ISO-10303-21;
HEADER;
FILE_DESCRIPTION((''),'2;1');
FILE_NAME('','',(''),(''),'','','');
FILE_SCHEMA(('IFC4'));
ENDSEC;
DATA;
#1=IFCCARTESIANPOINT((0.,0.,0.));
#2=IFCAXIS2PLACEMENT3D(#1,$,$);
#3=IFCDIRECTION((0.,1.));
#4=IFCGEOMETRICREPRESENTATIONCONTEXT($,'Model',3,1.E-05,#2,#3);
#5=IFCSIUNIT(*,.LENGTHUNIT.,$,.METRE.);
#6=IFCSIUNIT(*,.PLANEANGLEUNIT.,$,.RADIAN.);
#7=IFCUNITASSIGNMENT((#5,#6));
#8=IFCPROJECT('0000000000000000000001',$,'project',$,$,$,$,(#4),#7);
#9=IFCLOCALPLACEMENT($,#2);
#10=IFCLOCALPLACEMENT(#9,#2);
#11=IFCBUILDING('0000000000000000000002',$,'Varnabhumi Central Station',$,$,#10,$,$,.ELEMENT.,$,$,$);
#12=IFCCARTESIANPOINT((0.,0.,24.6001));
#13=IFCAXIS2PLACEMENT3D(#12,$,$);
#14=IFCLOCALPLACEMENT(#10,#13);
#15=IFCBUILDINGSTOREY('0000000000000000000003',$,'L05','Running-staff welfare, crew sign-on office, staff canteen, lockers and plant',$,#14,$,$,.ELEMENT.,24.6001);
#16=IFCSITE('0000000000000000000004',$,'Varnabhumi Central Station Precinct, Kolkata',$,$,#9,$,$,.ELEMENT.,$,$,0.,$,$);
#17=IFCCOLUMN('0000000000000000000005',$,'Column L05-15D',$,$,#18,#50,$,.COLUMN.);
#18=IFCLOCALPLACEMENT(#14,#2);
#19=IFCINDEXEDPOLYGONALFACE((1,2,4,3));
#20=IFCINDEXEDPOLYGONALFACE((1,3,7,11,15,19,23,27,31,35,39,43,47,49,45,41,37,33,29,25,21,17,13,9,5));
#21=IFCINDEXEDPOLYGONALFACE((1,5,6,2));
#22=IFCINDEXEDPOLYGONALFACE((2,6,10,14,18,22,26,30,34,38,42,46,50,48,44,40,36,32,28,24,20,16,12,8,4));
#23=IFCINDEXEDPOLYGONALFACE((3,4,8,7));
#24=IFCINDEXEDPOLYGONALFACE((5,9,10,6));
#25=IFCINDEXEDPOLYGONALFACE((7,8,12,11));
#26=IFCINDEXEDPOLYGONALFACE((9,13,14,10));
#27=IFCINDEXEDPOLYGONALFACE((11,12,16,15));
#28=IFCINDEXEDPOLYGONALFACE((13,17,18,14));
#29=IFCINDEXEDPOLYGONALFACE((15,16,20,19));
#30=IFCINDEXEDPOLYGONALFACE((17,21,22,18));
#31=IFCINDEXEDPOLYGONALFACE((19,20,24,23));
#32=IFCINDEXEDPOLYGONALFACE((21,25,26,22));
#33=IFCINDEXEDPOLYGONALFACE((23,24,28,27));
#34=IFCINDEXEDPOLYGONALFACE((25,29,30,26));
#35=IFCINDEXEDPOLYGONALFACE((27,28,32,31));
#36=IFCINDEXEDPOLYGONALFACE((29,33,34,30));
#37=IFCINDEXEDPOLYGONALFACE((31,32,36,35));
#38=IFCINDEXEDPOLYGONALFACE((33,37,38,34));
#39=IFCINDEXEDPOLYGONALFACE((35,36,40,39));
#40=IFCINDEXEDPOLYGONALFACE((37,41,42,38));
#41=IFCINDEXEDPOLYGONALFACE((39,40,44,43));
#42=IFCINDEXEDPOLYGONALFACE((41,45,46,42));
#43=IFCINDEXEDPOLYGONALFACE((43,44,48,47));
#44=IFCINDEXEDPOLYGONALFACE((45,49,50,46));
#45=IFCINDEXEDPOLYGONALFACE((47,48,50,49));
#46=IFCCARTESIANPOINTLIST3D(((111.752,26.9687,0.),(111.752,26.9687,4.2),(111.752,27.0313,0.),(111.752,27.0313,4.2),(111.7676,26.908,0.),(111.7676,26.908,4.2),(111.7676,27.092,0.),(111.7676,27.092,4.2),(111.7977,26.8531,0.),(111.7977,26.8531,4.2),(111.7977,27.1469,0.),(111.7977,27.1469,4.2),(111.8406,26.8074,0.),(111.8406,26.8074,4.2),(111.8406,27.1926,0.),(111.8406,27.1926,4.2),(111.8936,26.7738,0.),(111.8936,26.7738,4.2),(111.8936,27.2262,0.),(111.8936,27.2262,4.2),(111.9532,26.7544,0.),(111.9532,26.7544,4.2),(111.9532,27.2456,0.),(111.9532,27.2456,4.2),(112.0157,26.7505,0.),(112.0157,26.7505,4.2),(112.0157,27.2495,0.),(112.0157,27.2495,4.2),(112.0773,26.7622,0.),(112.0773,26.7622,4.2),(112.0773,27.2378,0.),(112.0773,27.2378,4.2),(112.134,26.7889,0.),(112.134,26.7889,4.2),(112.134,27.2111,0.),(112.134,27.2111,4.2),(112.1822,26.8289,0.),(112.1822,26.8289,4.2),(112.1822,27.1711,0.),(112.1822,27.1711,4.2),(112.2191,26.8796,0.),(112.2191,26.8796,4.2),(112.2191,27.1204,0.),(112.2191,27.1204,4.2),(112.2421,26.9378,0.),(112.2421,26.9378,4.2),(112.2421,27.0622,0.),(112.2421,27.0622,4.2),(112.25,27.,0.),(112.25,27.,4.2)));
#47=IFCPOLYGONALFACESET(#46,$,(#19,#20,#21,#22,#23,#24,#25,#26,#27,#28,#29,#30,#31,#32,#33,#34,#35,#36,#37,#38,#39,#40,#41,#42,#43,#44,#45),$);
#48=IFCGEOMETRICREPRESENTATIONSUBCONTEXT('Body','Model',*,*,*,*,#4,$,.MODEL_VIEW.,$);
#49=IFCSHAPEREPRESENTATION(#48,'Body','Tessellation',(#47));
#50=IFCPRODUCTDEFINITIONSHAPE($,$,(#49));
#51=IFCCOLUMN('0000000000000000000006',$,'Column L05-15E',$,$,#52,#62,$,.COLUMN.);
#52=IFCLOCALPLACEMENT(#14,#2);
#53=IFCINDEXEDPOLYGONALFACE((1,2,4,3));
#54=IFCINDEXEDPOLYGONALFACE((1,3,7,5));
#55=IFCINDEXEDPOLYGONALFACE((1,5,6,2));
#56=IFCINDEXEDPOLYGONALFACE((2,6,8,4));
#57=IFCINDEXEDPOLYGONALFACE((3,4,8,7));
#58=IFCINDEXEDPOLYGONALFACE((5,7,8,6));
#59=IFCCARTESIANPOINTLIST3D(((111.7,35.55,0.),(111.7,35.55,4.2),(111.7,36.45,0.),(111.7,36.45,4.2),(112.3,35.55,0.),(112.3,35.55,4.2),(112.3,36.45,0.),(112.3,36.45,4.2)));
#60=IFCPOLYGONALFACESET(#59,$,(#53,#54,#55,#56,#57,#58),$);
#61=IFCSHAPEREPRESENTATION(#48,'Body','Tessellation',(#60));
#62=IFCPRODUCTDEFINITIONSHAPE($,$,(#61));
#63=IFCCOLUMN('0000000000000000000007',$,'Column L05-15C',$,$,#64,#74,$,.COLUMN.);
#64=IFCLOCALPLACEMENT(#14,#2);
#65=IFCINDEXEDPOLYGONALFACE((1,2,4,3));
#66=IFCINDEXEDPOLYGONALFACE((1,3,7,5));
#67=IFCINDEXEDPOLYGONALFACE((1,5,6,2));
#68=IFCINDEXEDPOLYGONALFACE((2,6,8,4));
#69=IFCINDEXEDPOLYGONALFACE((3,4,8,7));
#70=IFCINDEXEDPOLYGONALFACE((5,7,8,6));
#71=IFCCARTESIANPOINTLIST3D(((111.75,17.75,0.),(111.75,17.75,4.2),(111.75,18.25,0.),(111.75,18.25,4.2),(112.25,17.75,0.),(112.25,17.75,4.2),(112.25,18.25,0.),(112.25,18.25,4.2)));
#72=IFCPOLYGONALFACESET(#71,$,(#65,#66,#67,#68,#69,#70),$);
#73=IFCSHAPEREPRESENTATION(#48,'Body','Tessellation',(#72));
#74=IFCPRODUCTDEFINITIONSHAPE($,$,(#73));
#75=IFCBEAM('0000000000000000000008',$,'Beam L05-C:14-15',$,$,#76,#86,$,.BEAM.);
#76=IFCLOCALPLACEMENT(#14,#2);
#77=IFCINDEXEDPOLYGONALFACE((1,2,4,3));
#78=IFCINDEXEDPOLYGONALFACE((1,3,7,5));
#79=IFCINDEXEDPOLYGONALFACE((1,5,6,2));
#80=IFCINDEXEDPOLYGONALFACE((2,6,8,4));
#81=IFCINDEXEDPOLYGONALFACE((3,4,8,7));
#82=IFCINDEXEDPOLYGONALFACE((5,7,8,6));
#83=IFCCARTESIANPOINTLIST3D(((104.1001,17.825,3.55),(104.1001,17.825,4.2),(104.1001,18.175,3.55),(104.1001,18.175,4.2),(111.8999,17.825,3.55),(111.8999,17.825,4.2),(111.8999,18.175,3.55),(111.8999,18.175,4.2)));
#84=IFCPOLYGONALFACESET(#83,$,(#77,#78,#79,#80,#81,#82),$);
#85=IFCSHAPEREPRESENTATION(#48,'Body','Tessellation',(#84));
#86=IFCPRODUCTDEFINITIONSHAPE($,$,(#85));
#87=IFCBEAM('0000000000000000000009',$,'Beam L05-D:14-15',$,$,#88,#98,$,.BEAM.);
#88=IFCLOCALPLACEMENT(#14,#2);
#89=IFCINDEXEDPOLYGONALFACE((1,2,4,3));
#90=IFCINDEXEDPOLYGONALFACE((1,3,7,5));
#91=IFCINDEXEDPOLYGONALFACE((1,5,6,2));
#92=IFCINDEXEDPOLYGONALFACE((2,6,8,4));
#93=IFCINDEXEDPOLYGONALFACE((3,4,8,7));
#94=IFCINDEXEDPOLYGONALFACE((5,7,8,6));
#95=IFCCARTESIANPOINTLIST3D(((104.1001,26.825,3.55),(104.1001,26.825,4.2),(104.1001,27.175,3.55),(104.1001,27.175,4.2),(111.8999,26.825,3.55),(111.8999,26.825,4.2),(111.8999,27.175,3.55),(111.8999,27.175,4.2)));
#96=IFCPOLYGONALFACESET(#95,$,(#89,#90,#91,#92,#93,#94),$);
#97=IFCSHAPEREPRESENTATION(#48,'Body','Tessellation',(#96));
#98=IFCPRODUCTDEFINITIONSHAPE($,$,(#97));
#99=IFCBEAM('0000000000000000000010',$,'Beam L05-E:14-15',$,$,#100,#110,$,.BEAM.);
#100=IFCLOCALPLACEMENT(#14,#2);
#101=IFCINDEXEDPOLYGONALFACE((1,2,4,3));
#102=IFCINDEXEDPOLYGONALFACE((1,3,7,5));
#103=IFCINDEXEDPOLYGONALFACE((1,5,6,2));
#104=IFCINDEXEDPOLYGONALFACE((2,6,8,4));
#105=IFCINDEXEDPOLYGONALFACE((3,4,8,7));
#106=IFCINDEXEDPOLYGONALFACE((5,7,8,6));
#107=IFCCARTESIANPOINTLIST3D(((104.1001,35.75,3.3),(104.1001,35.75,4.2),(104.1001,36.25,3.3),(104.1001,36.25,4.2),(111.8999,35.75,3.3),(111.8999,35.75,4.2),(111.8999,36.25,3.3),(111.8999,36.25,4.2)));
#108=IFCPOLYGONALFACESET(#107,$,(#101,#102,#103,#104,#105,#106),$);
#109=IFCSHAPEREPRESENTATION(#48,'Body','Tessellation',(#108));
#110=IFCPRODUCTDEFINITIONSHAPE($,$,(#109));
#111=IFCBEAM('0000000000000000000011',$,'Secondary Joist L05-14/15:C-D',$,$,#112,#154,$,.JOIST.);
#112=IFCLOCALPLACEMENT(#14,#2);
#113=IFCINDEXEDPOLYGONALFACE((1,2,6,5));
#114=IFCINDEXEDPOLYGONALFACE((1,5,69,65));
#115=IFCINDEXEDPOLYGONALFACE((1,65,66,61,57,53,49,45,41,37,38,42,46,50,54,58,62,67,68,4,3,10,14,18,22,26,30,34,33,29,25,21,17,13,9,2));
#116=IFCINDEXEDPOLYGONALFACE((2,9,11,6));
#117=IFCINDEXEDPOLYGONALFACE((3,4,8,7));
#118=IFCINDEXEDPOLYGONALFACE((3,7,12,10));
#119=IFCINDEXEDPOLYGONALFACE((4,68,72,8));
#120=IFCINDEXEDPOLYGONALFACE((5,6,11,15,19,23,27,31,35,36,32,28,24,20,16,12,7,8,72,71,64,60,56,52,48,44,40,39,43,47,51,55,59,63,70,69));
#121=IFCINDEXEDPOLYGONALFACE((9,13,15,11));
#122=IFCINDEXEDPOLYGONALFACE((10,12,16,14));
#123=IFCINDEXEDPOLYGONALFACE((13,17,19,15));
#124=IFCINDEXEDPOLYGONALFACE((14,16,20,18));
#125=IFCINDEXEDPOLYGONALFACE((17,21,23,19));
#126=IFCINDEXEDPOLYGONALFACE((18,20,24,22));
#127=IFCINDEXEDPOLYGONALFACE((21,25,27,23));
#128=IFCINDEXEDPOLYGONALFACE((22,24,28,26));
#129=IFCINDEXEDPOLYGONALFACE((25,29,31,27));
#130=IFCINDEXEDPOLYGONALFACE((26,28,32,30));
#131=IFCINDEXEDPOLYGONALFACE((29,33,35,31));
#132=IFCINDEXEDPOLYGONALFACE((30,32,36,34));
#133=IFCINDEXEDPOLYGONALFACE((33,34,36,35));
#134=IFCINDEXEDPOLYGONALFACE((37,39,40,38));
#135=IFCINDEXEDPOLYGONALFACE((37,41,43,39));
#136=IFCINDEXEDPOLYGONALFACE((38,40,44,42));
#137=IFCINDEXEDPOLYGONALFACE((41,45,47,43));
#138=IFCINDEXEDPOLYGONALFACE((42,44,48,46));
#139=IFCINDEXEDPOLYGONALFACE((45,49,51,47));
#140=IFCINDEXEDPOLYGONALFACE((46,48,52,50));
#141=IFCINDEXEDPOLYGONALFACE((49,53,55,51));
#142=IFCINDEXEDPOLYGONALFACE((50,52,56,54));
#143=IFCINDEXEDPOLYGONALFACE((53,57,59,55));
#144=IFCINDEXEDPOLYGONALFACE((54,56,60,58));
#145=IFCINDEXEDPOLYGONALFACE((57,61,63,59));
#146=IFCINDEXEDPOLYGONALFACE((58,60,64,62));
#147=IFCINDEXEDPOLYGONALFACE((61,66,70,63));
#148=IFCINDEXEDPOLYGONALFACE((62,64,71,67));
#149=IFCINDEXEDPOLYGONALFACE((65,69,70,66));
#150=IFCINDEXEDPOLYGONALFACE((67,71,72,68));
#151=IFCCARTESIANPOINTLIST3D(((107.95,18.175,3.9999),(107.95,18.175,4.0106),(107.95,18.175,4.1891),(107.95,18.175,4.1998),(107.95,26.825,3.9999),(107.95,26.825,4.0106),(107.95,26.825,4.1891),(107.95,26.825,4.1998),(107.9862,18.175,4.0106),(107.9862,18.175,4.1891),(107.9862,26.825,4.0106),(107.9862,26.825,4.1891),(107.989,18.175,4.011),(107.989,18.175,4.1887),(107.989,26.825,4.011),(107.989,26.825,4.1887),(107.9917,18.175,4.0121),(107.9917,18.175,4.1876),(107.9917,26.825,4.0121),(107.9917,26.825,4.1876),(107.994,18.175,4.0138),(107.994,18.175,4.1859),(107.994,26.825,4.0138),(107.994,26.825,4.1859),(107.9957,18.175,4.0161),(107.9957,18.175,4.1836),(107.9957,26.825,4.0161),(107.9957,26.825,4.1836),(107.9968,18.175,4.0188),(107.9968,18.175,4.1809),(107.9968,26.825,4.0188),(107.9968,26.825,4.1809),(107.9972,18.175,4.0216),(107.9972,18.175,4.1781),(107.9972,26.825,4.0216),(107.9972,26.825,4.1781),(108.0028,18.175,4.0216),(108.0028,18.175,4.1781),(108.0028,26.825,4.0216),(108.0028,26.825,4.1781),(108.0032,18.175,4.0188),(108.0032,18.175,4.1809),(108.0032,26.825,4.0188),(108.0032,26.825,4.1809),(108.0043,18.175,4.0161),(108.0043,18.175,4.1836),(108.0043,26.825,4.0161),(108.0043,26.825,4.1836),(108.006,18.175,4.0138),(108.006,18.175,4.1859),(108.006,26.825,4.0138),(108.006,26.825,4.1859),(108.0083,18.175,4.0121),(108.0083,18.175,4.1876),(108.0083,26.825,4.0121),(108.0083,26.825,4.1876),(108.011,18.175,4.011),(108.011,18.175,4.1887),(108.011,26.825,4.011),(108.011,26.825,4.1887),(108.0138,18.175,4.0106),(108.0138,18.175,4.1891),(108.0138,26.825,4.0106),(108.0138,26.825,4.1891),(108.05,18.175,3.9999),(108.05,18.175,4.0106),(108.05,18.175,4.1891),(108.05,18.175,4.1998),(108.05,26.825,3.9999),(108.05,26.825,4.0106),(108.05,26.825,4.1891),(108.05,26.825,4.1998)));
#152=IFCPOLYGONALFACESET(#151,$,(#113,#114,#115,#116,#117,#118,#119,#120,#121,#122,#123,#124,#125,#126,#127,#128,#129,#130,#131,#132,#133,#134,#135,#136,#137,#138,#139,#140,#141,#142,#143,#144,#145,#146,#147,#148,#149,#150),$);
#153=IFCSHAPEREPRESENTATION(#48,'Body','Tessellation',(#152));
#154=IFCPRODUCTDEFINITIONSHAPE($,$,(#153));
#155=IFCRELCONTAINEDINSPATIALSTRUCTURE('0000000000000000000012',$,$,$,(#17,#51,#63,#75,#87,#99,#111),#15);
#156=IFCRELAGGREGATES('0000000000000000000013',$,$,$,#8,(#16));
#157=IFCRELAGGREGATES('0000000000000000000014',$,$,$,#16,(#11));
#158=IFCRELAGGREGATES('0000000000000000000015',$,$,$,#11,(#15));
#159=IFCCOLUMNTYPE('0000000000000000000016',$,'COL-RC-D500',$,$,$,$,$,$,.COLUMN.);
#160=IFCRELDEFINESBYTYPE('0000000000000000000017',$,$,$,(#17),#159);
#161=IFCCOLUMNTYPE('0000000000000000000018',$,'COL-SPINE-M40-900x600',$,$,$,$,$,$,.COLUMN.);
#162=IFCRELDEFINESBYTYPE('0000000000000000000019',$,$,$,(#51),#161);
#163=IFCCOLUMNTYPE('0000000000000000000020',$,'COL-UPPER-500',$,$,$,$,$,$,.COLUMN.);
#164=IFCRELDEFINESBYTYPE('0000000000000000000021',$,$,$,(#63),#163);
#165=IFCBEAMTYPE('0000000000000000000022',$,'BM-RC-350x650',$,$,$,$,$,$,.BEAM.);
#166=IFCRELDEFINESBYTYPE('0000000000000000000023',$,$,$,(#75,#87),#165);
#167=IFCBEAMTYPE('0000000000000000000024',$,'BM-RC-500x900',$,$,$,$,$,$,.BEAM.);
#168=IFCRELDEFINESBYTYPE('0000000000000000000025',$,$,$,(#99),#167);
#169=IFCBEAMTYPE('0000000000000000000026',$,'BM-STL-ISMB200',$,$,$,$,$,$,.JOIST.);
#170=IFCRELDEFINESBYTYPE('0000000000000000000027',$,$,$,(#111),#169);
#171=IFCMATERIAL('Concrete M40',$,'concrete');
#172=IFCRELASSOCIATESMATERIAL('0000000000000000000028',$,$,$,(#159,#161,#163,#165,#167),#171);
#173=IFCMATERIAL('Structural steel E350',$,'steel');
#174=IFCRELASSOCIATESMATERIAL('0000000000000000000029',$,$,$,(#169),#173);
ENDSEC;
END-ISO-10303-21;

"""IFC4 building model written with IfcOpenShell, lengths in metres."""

from ifc_helpers import new_model, si_unit, direction, frame, origin, origin_2d, place, context, subcontext, project, spatial, rectangle, circle, i_section, extrude, material, material_profile, profile_set, type_object, element, save


model = new_model("IFC4")

# Units and contexts
model_context = context("Model", 3, precision=1e-05, world=origin(), true_north=direction((0.0, 1.0)))
body_context = subcontext(model_context, "Body", "Model", "MODEL_VIEW")
ifc_project = project(units=[si_unit("LENGTHUNIT", "METRE"), si_unit("PLANEANGLEUNIT", "RADIAN")], contexts=[model_context])

# Site, building, storey
site_placement = place(None, origin())
site = spatial("IfcSite", under=ifc_project, at=site_placement, Name="Varnabhumi Central Station Precinct, Kolkata", CompositionType="ELEMENT", RefElevation=0.0)
building_placement = place(site_placement, origin())
building = spatial("IfcBuilding", under=site, at=building_placement, Name="Varnabhumi Central Station", CompositionType="ELEMENT")
storey_placement = place(building_placement, frame((0.0, 0.0, 24.6001)))
storey = spatial("IfcBuildingStorey", under=building, at=storey_placement, Name="L05", Description="Running-staff welfare, crew sign-on office, staff canteen, lockers and plant", CompositionType="ELEMENT", Elevation=24.6001)

# Columns
ifc_material_1 = material(Name="Concrete M40", Category="concrete")
ifc_material_profile_1 = material_profile(ifc_material_1, circle(Radius=0.25, at=origin_2d()), Name="Concrete M40", Category="concrete")
ifc_profile_set_1 = profile_set([ifc_material_profile_1], Name="Concrete M40")
column_type_1 = type_object("IfcColumnType", Name="COL-RC-D500", PredefinedType="COLUMN", material=ifc_profile_set_1)
column_1_placement = place(storey_placement, frame((112.0, 27.0, 0.0), z_axis=(0.0, 0.0, 1.0), x_axis=(1.0, 0.0, 0.0)))
element("IfcColumn", 1, at=column_1_placement, inside=storey, type_object=column_type_1, Name="Column L05-15D", PredefinedType="COLUMN", context=body_context, shape_type="SweptSolid", body=[
    extrude(circle(Radius=0.25, at=origin_2d()), origin(), (0.0, 0.0, 1.0), 4.2),
])
ifc_material_profile_2 = material_profile(ifc_material_1, rectangle(XDim=0.6001, YDim=0.8999, at=origin_2d()), Name="Concrete M40", Category="concrete")
ifc_profile_set_2 = profile_set([ifc_material_profile_2], Name="Concrete M40")
column_type_2 = type_object("IfcColumnType", Name="COL-SPINE-M40-900x600", PredefinedType="COLUMN", material=ifc_profile_set_2)
column_2_placement = place(storey_placement, frame((112.0, 36.0, 0.0), z_axis=(0.0, 0.0, 1.0), x_axis=(1.0, 0.0, 0.0)))
element("IfcColumn", 2, at=column_2_placement, inside=storey, type_object=column_type_2, Name="Column L05-15E", PredefinedType="COLUMN", context=body_context, shape_type="SweptSolid", body=[
    extrude(rectangle(XDim=0.6001, YDim=0.8999, at=origin_2d()), origin(), (0.0, 0.0, 1.0), 4.2),
])
ifc_material_profile_3 = material_profile(ifc_material_1, rectangle(XDim=0.5, YDim=0.5, at=origin_2d()), Name="Concrete M40", Category="concrete")
ifc_profile_set_3 = profile_set([ifc_material_profile_3], Name="Concrete M40")
column_type_3 = type_object("IfcColumnType", Name="COL-UPPER-500", PredefinedType="COLUMN", material=ifc_profile_set_3)
column_3_placement = place(storey_placement, frame((112.0, 18.0, 0.0), z_axis=(0.0, 0.0, 1.0), x_axis=(1.0, 0.0, 0.0)))
element("IfcColumn", 3, at=column_3_placement, inside=storey, type_object=column_type_3, Name="Column L05-15C", PredefinedType="COLUMN", context=body_context, shape_type="SweptSolid", body=[
    extrude(rectangle(XDim=0.5, YDim=0.5, at=origin_2d()), origin(), (0.0, 0.0, 1.0), 4.2),
])

# Beams
ifc_material_profile_4 = material_profile(ifc_material_1, rectangle(XDim=0.3501, YDim=0.6499, at=origin_2d()), Name="Concrete M40", Category="concrete")
ifc_profile_set_4 = profile_set([ifc_material_profile_4], Name="Concrete M40")
beam_type_1 = type_object("IfcBeamType", Name="BM-RC-350x650", PredefinedType="BEAM", material=ifc_profile_set_4)
for number, where, z_axis, x_axis, name in (
    (4, (104.1001, 18.0, 3.875), (1.0, 0.0, 0.0), (0.0, 1.0, 0.0), "Beam L05-C:14-15"),
    (5, (104.1001, 27.0, 3.875), (1.0, 0.0, 0.0), (0.0, 1.0, 0.0), "Beam L05-D:14-15"),
):
    element("IfcBeam", number, at=place(storey_placement, frame(where, z_axis=z_axis, x_axis=x_axis)), inside=storey, type_object=beam_type_1, Name=name, PredefinedType="BEAM", context=body_context, shape_type="SweptSolid", body=[
        extrude(rectangle(XDim=0.3501, YDim=0.6499, at=origin_2d()), origin(), (0.0, 0.0, 1.0), 7.7998),
    ])
ifc_material_profile_5 = material_profile(ifc_material_1, rectangle(XDim=0.5, YDim=0.8999, at=origin_2d()), Name="Concrete M40", Category="concrete")
ifc_profile_set_5 = profile_set([ifc_material_profile_5], Name="Concrete M40")
beam_type_2 = type_object("IfcBeamType", Name="BM-RC-500x900", PredefinedType="BEAM", material=ifc_profile_set_5)
beam_1_placement = place(storey_placement, frame((104.1001, 36.0, 3.75), z_axis=(1.0, 0.0, 0.0), x_axis=(0.0, 1.0, 0.0)))
element("IfcBeam", 6, at=beam_1_placement, inside=storey, type_object=beam_type_2, Name="Beam L05-E:14-15", PredefinedType="BEAM", context=body_context, shape_type="SweptSolid", body=[
    extrude(rectangle(XDim=0.5, YDim=0.8999, at=origin_2d()), origin(), (0.0, 0.0, 1.0), 7.7998),
])
ifc_material_2 = material(Name="Structural steel E350", Category="steel")
ifc_material_profile_6 = material_profile(ifc_material_2, i_section(OverallWidth=0.1001, OverallDepth=0.2, WebThickness=0.0056, FlangeThickness=0.0107, FilletRadius=0.011, at=origin_2d()), Name="Structural steel E350", Category="steel")
ifc_profile_set_6 = profile_set([ifc_material_profile_6], Name="Structural steel E350")
beam_type_3 = type_object("IfcBeamType", Name="BM-STL-ISMB200", PredefinedType="JOIST", material=ifc_profile_set_6)
beam_2_placement = place(storey_placement, frame((108.0, 18.175, 4.0999), z_axis=(0.0, 1.0, 0.0), x_axis=(-1.0, 0.0, 0.0)))
element("IfcBeam", 7, at=beam_2_placement, inside=storey, type_object=beam_type_3, Name="Secondary Joist L05-14/15:C-D", PredefinedType="JOIST", context=body_context, shape_type="SweptSolid", body=[
    extrude(i_section(OverallWidth=0.1001, OverallDepth=0.2, WebThickness=0.0056, FlangeThickness=0.0107, FilletRadius=0.011, at=origin_2d()), origin(), (0.0, 0.0, 1.0), 8.6499),
])

save(model, "model.ifc")
